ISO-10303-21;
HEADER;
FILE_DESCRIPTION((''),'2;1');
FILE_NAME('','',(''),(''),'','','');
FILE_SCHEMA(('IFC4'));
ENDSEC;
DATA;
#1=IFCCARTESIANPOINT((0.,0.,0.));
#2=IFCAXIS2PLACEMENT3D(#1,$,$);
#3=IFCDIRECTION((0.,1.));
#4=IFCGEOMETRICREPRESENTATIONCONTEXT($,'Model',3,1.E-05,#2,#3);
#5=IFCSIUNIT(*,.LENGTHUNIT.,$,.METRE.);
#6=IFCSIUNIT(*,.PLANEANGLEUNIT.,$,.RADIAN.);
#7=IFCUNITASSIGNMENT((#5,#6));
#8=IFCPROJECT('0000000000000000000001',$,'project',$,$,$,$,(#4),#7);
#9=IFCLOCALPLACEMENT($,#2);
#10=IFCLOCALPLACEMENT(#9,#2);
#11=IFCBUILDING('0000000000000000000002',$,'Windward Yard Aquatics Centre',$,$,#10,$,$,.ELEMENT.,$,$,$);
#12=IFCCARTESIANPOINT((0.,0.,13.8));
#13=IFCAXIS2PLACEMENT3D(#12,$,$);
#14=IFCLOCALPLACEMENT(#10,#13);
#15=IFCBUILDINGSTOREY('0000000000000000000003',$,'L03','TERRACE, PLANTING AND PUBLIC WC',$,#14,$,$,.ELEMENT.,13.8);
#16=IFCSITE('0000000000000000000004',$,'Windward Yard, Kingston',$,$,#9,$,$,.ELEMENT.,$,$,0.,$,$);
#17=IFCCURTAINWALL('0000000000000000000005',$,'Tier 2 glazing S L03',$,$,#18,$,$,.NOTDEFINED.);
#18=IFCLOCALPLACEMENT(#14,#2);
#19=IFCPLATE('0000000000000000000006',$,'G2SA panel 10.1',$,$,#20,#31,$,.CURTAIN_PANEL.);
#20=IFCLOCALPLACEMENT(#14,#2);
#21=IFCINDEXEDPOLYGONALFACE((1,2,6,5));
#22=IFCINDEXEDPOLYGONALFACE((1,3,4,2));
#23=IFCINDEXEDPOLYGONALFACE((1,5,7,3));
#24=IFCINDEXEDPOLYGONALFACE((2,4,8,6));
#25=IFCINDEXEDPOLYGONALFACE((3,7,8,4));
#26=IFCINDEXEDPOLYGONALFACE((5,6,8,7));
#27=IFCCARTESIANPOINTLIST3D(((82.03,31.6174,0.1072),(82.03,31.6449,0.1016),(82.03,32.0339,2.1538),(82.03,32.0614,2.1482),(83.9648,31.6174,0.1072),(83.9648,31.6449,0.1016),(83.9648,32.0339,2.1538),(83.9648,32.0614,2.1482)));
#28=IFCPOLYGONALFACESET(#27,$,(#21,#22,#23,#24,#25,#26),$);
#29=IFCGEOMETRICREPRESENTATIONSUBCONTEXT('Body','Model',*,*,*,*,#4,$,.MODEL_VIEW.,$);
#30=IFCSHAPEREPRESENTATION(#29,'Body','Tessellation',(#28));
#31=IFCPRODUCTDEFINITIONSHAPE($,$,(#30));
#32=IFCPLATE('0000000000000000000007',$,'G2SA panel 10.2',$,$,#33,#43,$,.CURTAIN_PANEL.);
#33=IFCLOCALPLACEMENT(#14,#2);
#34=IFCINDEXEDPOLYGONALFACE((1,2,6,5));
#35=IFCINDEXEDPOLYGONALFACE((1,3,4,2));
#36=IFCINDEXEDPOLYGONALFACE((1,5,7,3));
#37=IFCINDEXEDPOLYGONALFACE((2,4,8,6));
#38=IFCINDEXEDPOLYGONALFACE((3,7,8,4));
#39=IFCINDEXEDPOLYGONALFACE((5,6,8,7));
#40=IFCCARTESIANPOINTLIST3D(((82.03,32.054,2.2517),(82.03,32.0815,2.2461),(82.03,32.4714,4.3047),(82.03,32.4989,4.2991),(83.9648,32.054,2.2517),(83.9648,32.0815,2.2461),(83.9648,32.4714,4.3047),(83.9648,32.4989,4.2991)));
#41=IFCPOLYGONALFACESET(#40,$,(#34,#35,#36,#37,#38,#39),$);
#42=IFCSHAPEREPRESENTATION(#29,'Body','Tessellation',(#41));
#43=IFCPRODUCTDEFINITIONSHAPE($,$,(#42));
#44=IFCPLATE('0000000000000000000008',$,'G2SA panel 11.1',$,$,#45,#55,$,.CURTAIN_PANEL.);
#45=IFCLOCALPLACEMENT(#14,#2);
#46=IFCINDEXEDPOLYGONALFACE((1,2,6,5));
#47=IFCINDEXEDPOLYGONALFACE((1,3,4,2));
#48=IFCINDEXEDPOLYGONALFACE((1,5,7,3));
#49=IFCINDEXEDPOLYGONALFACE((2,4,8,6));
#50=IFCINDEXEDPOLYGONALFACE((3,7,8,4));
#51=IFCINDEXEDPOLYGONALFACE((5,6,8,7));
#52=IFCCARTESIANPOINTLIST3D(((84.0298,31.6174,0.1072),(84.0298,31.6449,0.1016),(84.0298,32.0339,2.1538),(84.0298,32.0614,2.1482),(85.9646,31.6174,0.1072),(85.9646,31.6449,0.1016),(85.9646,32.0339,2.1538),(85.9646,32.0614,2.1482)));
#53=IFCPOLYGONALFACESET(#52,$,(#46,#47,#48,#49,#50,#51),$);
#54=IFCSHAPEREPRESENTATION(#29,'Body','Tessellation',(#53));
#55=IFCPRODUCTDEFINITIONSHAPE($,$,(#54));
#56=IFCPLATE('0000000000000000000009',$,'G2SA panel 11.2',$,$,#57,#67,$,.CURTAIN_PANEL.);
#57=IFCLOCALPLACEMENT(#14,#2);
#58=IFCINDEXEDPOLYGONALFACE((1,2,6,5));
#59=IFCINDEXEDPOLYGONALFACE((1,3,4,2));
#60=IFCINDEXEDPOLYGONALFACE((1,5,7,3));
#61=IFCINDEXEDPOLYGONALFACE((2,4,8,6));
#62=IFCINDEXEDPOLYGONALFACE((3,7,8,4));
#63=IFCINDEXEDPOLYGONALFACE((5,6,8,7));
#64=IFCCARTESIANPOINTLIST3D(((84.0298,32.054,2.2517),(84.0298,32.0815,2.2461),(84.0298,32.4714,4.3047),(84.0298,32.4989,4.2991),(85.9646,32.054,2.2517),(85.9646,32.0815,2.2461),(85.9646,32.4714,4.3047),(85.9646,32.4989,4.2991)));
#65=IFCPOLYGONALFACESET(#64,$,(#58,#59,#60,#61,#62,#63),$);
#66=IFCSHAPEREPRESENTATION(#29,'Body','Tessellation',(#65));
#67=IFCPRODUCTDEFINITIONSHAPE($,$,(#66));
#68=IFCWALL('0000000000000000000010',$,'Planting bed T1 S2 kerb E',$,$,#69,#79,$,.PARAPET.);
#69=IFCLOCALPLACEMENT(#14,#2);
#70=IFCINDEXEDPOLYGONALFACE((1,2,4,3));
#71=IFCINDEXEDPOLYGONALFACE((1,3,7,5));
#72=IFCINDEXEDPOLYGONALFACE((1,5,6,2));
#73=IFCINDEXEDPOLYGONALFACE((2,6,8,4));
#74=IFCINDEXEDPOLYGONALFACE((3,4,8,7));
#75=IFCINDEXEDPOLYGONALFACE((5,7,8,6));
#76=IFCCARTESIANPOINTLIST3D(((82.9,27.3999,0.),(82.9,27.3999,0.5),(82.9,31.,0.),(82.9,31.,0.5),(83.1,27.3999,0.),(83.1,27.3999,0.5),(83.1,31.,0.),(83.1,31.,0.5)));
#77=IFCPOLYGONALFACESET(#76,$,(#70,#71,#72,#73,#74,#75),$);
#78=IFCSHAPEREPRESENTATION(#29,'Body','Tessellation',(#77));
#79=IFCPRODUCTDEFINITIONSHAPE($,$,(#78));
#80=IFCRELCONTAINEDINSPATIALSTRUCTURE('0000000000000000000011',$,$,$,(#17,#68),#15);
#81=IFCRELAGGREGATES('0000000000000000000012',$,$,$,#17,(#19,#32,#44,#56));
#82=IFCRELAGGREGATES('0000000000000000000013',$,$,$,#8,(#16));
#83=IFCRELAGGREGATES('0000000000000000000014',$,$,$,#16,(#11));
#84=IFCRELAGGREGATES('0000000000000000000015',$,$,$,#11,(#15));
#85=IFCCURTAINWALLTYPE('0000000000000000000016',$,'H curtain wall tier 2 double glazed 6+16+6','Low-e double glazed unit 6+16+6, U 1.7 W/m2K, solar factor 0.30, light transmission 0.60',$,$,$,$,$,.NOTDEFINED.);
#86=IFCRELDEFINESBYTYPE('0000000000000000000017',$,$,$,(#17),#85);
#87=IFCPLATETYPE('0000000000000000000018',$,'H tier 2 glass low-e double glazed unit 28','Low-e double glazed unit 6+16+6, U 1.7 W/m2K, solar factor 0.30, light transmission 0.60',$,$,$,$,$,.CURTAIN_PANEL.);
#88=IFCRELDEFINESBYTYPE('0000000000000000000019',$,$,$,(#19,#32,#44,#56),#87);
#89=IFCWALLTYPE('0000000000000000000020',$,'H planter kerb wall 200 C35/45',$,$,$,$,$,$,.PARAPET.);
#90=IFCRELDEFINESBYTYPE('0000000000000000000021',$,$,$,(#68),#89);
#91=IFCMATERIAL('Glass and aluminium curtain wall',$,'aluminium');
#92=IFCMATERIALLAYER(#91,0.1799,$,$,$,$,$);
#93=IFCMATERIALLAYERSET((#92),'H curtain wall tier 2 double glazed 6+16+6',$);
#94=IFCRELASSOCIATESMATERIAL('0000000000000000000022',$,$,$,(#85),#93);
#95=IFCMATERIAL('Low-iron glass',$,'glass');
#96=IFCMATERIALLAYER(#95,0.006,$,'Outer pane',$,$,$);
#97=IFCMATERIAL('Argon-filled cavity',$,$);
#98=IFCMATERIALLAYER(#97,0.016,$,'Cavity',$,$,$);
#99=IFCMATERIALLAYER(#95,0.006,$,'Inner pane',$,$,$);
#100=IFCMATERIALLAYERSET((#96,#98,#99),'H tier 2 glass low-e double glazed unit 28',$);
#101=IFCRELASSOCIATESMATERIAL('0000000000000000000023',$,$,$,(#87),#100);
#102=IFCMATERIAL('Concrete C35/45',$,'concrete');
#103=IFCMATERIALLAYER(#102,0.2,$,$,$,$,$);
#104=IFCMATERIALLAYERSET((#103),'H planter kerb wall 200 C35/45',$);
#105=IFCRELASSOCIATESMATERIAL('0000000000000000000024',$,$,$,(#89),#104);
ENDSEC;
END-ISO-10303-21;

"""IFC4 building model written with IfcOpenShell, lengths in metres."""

from ifc_helpers import new_model, si_unit, direction, frame, frame_2d, origin, place, context, subcontext, project, spatial, polyline, rectangle, outline, extrude, material, layer, layer_set, type_object, element, aggregate, save


model = new_model("IFC4")

# Units and contexts
model_context = context("Model", 3, precision=1e-05, world=origin(), true_north=direction((0.0, 1.0)))
body_context = subcontext(model_context, "Body", "Model", "MODEL_VIEW")
ifc_project = project(units=[si_unit("LENGTHUNIT", "METRE"), si_unit("PLANEANGLEUNIT", "RADIAN")], contexts=[model_context])

# Site, building, storey
site_placement = place(None, origin())
site = spatial("IfcSite", under=ifc_project, at=site_placement, Name="Windward Yard, Kingston", CompositionType="ELEMENT", RefElevation=0.0)
building_placement = place(site_placement, origin())
building = spatial("IfcBuilding", under=site, at=building_placement, Name="Windward Yard Aquatics Centre", CompositionType="ELEMENT")
storey_placement = place(building_placement, frame((0.0, 0.0, 13.8)))
storey = spatial("IfcBuildingStorey", under=building, at=storey_placement, Name="L03", Description="TERRACE, PLANTING AND PUBLIC WC", CompositionType="ELEMENT", Elevation=13.8)

# Curtain wall
ifc_material_1 = material(Name="Glass and aluminium curtain wall", Category="aluminium")
ifc_layer_1 = layer(ifc_material_1, 0.1799)
ifc_layer_set_1 = layer_set([ifc_layer_1], Name="H curtain wall tier 2 double glazed 6+16+6")
curtain_wall_type = type_object("IfcCurtainWallType", Name="H curtain wall tier 2 double glazed 6+16+6", Description="Low-e double glazed unit 6+16+6, U 1.7 W/m2K, solar factor 0.30, light transmission 0.60", PredefinedType="NOTDEFINED", material=ifc_layer_set_1)
curtain_wall_placement = place(storey_placement, origin())
curtain_wall = element("IfcCurtainWall", 1, at=curtain_wall_placement, inside=storey, type_object=curtain_wall_type, Name="Tier 2 glazing S L03", PredefinedType="NOTDEFINED")

# Plates
ifc_material_2 = material(Name="Low-iron glass", Category="glass")
ifc_layer_2 = layer(ifc_material_2, 0.006, Name="Outer pane")
ifc_material_3 = material(Name="Argon-filled cavity")
ifc_layer_3 = layer(ifc_material_3, 0.016, Name="Cavity")
ifc_layer_4 = layer(ifc_material_2, 0.006, Name="Inner pane")
ifc_layer_set_2 = layer_set([ifc_layer_2, ifc_layer_3, ifc_layer_4], Name="H tier 2 glass low-e double glazed unit 28")
plate_type = type_object("IfcPlateType", Name="H tier 2 glass low-e double glazed unit 28", Description="Low-e double glazed unit 6+16+6, U 1.7 W/m2K, solar factor 0.30, light transmission 0.60", PredefinedType="CURTAIN_PANEL", material=ifc_layer_set_2)
plate_1_placement = place(storey_placement, frame((82.03, 31.6174, 0.1072), z_axis=(0.0, -0.979914, 0.199419), x_axis=(1.0, 0.0, 0.0)))
plate_1 = element("IfcPlate", 2, at=plate_1_placement, type_object=plate_type, Name="G2SA panel 10.1", PredefinedType="CURTAIN_PANEL", context=body_context, shape_type="SweptSolid", body=[
    extrude(outline(polyline([(0.0, 0.0), (1.9348, 0.0), (1.9348, 2.0886), (0.0, 2.0886), (0.0, 0.0)])), origin(), (0.0, 0.0, -1.0), 0.0281),
])
plate_2_placement = place(storey_placement, frame((82.03, 32.054, 2.2517), z_axis=(0.0, -0.979944, 0.199275), x_axis=(1.0, 0.0, 0.0)))
plate_2 = element("IfcPlate", 3, at=plate_2_placement, type_object=plate_type, Name="G2SA panel 10.2", PredefinedType="CURTAIN_PANEL", context=body_context, shape_type="SweptSolid", body=[
    extrude(outline(polyline([(0.0, 0.0), (1.9348, 0.0), (1.9348, 2.095), (0.0, 2.095), (0.0, 0.0)])), origin(), (0.0, 0.0, -1.0), 0.0281),
])
plate_3_placement = place(storey_placement, frame((84.0298, 31.6174, 0.1072), z_axis=(0.0, -0.979914, 0.199419), x_axis=(1.0, 0.0, 0.0)))
plate_3 = element("IfcPlate", 4, at=plate_3_placement, type_object=plate_type, Name="G2SA panel 11.1", PredefinedType="CURTAIN_PANEL", context=body_context, shape_type="SweptSolid", body=[
    extrude(outline(polyline([(0.0, 0.0), (1.9348, 0.0), (1.9348, 2.0886), (0.0, 2.0886), (0.0, 0.0)])), origin(), (0.0, 0.0, -1.0), 0.0281),
])
plate_4_placement = place(storey_placement, frame((84.0298, 32.054, 2.2517), z_axis=(0.0, -0.979944, 0.199275), x_axis=(1.0, 0.0, 0.0)))
plate_4 = element("IfcPlate", 5, at=plate_4_placement, type_object=plate_type, Name="G2SA panel 11.2", PredefinedType="CURTAIN_PANEL", context=body_context, shape_type="SweptSolid", body=[
    extrude(outline(polyline([(0.0, 0.0), (1.9348, 0.0), (1.9348, 2.095), (0.0, 2.095), (0.0, 0.0)])), origin(), (0.0, 0.0, -1.0), 0.0281),
])
aggregate(curtain_wall, [plate_1, plate_2, plate_3, plate_4])

# Wall
ifc_material_4 = material(Name="Concrete C35/45", Category="concrete")
ifc_layer_5 = layer(ifc_material_4, 0.2)
ifc_layer_set_3 = layer_set([ifc_layer_5], Name="H planter kerb wall 200 C35/45")
wall_type = type_object("IfcWallType", Name="H planter kerb wall 200 C35/45", PredefinedType="PARAPET", material=ifc_layer_set_3)
wall_placement = place(storey_placement, frame((83.0, 27.3999, 0.0), z_axis=(0.0, 0.0, 1.0), x_axis=(0.0, 1.0, 0.0)))
element("IfcWall", 6, at=wall_placement, inside=storey, type_object=wall_type, Name="Planting bed T1 S2 kerb E", PredefinedType="PARAPET", context=body_context, shape_type="SweptSolid", body=[
    extrude(rectangle(XDim=3.6001, YDim=0.2, at=frame_2d((1.8, 0.0))), origin(), (0.0, 0.0, 1.0), 0.5),
])

save(model, "model.ifc")
